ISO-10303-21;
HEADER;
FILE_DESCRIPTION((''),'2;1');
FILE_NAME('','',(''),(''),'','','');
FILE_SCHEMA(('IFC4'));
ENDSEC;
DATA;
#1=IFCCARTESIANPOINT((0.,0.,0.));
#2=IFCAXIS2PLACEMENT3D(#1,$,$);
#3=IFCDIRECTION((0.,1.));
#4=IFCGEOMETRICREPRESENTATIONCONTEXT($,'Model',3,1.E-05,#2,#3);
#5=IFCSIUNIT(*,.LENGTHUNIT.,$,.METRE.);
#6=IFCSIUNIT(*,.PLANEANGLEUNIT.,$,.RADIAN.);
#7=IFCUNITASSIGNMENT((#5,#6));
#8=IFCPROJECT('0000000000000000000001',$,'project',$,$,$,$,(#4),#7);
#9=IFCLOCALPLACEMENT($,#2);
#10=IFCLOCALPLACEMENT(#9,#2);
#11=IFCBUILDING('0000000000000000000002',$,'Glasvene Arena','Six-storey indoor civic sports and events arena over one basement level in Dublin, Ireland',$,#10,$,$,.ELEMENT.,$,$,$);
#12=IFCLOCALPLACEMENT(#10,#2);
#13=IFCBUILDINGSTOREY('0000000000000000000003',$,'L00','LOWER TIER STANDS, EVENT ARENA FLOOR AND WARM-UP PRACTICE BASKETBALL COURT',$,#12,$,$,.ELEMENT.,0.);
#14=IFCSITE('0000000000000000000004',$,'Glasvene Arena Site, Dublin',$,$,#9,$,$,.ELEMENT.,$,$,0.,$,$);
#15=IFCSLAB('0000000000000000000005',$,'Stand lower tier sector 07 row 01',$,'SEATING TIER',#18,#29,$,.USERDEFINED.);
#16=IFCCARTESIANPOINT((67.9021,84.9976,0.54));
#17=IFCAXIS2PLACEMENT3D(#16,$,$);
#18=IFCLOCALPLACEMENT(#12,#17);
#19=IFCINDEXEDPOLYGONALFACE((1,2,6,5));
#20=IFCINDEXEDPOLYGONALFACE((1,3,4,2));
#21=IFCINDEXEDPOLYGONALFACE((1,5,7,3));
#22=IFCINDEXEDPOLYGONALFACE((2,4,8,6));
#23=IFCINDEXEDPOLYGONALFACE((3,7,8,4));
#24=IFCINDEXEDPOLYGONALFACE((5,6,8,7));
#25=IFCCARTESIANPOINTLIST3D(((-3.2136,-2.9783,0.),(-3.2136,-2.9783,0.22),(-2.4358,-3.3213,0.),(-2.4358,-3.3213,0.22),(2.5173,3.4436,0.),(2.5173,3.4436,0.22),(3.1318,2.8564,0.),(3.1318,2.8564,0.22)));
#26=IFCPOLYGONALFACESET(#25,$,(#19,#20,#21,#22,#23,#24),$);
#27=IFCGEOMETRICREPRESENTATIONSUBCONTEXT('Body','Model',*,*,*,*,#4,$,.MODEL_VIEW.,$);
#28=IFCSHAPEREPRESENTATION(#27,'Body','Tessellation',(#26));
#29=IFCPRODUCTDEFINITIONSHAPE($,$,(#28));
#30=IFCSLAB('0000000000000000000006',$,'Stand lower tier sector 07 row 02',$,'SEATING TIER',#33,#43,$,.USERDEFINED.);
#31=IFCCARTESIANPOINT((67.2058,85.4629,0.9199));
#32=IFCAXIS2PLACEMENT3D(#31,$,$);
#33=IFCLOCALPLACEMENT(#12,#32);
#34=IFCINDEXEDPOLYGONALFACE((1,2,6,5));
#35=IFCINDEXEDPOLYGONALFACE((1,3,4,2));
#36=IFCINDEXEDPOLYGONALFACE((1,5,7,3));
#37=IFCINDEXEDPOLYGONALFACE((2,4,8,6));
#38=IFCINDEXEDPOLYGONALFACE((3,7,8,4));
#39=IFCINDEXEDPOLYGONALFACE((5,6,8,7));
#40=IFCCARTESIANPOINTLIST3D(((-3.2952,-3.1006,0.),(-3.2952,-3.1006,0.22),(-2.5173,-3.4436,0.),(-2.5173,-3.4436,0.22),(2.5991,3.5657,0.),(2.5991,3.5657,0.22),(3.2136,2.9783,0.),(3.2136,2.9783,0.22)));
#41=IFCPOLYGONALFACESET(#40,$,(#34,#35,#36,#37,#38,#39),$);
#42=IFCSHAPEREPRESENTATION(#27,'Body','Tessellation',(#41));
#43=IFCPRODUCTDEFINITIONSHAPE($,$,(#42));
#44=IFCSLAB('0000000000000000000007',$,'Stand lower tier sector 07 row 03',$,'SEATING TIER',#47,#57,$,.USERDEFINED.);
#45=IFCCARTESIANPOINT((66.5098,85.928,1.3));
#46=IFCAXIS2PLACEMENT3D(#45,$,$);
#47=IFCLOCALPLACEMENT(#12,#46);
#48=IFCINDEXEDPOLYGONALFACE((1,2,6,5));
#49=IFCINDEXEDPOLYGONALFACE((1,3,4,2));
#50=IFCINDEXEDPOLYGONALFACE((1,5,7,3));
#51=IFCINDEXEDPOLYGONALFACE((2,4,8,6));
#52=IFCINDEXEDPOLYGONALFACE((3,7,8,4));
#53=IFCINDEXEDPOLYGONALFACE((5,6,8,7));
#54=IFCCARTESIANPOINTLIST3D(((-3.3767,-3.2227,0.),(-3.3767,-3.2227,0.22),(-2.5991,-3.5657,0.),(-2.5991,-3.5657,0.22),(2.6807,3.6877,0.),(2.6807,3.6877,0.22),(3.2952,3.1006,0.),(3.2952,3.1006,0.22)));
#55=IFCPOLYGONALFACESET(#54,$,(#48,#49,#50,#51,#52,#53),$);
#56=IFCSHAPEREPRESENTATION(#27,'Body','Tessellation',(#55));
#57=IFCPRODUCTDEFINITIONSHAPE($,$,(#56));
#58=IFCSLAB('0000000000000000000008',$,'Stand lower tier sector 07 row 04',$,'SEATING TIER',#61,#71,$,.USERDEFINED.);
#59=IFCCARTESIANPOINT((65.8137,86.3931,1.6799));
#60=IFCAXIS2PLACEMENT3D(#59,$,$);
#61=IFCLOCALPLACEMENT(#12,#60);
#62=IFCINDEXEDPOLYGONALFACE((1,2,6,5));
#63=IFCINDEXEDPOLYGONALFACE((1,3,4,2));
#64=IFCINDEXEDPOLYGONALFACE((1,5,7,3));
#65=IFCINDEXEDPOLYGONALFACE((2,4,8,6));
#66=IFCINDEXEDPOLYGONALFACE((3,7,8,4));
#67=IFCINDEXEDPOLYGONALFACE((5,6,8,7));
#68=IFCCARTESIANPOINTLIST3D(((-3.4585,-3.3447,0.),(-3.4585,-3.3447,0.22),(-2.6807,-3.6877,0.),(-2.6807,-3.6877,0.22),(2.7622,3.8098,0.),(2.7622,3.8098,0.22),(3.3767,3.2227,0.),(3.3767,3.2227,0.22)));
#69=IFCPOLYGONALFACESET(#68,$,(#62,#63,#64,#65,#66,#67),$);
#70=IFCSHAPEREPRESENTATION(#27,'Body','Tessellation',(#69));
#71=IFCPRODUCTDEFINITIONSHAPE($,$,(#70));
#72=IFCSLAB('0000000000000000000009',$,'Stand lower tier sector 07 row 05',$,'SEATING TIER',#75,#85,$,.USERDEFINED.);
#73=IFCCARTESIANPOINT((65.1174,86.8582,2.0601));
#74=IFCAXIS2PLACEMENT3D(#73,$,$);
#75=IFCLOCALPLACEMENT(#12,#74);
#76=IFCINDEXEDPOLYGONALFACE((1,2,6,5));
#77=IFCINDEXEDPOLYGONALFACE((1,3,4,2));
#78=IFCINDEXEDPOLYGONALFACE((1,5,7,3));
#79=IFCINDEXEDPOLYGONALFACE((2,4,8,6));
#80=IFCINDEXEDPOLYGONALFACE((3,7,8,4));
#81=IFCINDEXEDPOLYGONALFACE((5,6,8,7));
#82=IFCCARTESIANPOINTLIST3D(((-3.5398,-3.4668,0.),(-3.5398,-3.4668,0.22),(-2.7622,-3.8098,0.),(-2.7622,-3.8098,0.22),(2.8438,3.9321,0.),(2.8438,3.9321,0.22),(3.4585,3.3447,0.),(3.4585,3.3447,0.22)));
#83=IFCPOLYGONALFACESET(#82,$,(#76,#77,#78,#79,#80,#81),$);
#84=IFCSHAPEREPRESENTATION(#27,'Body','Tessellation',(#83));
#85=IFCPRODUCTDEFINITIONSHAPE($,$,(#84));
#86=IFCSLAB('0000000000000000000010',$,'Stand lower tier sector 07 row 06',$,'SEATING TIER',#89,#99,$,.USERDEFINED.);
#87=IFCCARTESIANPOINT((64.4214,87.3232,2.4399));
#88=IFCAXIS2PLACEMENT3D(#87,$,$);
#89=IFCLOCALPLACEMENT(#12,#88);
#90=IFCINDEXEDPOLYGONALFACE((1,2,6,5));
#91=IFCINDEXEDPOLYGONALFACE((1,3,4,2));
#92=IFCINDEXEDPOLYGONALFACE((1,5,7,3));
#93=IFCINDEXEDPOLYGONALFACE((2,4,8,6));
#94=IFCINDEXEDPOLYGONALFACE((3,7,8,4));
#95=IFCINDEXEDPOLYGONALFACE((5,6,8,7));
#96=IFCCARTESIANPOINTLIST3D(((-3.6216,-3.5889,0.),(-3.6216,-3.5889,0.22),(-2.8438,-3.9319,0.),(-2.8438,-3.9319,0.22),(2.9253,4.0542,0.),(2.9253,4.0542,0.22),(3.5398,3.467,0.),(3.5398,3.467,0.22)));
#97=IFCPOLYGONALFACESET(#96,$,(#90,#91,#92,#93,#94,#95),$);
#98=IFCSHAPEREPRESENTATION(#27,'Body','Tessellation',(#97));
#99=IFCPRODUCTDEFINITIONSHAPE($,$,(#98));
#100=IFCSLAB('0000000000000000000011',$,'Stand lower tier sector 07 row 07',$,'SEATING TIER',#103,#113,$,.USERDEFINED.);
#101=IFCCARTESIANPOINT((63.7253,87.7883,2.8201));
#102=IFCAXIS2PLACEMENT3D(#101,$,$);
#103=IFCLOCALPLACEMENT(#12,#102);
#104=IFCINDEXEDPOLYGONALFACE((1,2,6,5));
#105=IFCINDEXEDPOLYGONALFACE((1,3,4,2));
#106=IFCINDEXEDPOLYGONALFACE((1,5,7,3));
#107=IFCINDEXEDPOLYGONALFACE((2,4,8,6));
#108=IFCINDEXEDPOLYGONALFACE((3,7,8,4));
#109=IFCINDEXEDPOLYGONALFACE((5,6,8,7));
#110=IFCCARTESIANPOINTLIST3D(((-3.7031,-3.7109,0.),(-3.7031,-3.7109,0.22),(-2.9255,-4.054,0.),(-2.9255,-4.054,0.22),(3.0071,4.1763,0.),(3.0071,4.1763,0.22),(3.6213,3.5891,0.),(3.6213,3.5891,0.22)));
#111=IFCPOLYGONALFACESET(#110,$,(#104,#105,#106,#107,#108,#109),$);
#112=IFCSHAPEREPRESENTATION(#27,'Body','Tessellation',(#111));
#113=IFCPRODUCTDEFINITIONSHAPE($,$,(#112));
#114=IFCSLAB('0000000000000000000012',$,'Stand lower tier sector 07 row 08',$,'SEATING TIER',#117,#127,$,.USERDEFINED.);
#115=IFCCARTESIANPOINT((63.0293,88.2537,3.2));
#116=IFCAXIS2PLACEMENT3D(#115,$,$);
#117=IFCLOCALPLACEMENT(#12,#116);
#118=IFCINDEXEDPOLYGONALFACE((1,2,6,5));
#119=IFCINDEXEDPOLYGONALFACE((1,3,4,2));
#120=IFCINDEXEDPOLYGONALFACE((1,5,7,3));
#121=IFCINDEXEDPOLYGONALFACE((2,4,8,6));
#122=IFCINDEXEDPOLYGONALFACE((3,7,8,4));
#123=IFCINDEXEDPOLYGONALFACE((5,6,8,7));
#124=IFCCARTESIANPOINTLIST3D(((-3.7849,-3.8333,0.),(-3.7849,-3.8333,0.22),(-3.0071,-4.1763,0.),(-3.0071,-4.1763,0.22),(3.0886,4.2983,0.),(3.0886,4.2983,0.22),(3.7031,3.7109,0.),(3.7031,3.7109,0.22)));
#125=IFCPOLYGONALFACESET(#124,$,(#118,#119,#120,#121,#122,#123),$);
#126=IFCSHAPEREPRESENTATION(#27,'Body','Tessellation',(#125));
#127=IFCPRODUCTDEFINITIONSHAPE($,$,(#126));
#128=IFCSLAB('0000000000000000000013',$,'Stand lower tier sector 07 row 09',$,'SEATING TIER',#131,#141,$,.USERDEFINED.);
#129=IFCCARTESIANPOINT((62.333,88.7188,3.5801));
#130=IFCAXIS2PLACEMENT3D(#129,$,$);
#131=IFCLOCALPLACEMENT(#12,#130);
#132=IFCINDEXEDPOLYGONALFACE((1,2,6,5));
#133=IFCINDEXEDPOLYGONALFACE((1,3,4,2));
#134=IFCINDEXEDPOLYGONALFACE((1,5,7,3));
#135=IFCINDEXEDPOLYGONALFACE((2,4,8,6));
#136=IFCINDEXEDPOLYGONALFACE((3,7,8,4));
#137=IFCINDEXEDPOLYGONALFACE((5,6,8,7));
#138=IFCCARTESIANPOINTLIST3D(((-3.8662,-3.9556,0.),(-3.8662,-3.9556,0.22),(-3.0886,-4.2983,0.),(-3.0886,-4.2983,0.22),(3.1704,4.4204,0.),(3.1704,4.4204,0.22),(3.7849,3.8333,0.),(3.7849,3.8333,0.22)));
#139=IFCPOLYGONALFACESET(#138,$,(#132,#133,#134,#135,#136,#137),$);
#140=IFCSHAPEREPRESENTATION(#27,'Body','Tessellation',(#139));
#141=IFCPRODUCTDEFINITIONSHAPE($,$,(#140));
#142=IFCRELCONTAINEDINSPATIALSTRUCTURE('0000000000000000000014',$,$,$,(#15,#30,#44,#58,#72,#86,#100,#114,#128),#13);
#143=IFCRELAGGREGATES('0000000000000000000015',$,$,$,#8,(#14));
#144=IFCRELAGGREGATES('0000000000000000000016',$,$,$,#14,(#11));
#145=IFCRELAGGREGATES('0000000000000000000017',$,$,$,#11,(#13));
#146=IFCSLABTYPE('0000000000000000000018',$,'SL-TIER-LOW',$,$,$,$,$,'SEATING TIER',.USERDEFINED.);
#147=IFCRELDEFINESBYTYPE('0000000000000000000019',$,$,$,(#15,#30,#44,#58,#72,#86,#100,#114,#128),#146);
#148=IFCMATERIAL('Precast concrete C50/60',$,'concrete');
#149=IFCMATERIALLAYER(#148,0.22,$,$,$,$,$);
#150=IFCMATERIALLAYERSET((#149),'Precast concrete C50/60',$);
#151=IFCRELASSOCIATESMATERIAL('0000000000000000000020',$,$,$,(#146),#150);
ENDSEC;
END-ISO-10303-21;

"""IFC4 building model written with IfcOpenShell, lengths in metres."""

from ifc_helpers import new_model, si_unit, direction, frame, origin, place, context, subcontext, project, spatial, polyline, outline, extrude, material, layer, layer_set, type_object, element, save


model = new_model("IFC4")

# Units and contexts
model_context = context("Model", 3, precision=1e-05, world=origin(), true_north=direction((0.0, 1.0)))
body_context = subcontext(model_context, "Body", "Model", "MODEL_VIEW")
ifc_project = project(units=[si_unit("LENGTHUNIT", "METRE"), si_unit("PLANEANGLEUNIT", "RADIAN")], contexts=[model_context])

# Site, building, storey
site_placement = place(None, origin())
site = spatial("IfcSite", under=ifc_project, at=site_placement, Name="Glasvene Arena Site, Dublin", CompositionType="ELEMENT", RefElevation=0.0)
building_placement = place(site_placement, origin())
building = spatial("IfcBuilding", under=site, at=building_placement, Name="Glasvene Arena", Description="Six-storey indoor civic sports and events arena over one basement level in Dublin, Ireland", CompositionType="ELEMENT")
storey_placement = place(building_placement, origin())
storey = spatial("IfcBuildingStorey", under=building, at=storey_placement, Name="L00", Description="LOWER TIER STANDS, EVENT ARENA FLOOR AND WARM-UP PRACTICE BASKETBALL COURT", CompositionType="ELEMENT", Elevation=0.0)

# Shared definitions
ifc_material_1 = material(Name="Precast concrete C50/60", Category="concrete")

# Slabs
ifc_layer = layer(ifc_material_1, 0.22)
ifc_layer_set = layer_set([ifc_layer], Name="Precast concrete C50/60")
slab_type = type_object("IfcSlabType", Name="SL-TIER-LOW", ElementType="SEATING TIER", PredefinedType="USERDEFINED", material=ifc_layer_set)
slab_1_placement = place(storey_placement, frame((67.9021, 84.9976, 0.54)))
element("IfcSlab", 1, at=slab_1_placement, inside=storey, type_object=slab_type, Name="Stand lower tier sector 07 row 01", ObjectType="SEATING TIER", PredefinedType="USERDEFINED", context=body_context, shape_type="SweptSolid", body=[
    extrude(outline(polyline([(3.1318, 2.8564), (-2.4358, -3.3213), (-3.2136, -2.9783), (2.5173, 3.4436), (3.1318, 2.8564)])), origin(), (0.0, 0.0, 1.0), 0.22),
])
slab_2_placement = place(storey_placement, frame((67.2058, 85.4629, 0.9199)))
element("IfcSlab", 2, at=slab_2_placement, inside=storey, type_object=slab_type, Name="Stand lower tier sector 07 row 02", ObjectType="SEATING TIER", PredefinedType="USERDEFINED", context=body_context, shape_type="SweptSolid", body=[
    extrude(outline(polyline([(3.2136, 2.9783), (-2.5173, -3.4436), (-3.2952, -3.1006), (2.5991, 3.5657), (3.2136, 2.9783)])), origin(), (0.0, 0.0, 1.0), 0.22),
])
slab_3_placement = place(storey_placement, frame((66.5098, 85.928, 1.3)))
element("IfcSlab", 3, at=slab_3_placement, inside=storey, type_object=slab_type, Name="Stand lower tier sector 07 row 03", ObjectType="SEATING TIER", PredefinedType="USERDEFINED", context=body_context, shape_type="SweptSolid", body=[
    extrude(outline(polyline([(3.2952, 3.1006), (-2.5991, -3.5657), (-3.3767, -3.2227), (2.6807, 3.6877), (3.2952, 3.1006)])), origin(), (0.0, 0.0, 1.0), 0.22),
])
slab_4_placement = place(storey_placement, frame((65.8137, 86.3931, 1.6799)))
element("IfcSlab", 4, at=slab_4_placement, inside=storey, type_object=slab_type, Name="Stand lower tier sector 07 row 04", ObjectType="SEATING TIER", PredefinedType="USERDEFINED", context=body_context, shape_type="SweptSolid", body=[
    extrude(outline(polyline([(3.3767, 3.2227), (-2.6807, -3.6877), (-3.4585, -3.3447), (2.7622, 3.8098), (3.3767, 3.2227)])), origin(), (0.0, 0.0, 1.0), 0.22),
])
slab_5_placement = place(storey_placement, frame((65.1174, 86.8582, 2.0601)))
element("IfcSlab", 5, at=slab_5_placement, inside=storey, type_object=slab_type, Name="Stand lower tier sector 07 row 05", ObjectType="SEATING TIER", PredefinedType="USERDEFINED", context=body_context, shape_type="SweptSolid", body=[
    extrude(outline(polyline([(3.4585, 3.3447), (-2.7622, -3.8098), (-3.5398, -3.4668), (2.8438, 3.9321), (3.4585, 3.3447)])), origin(), (0.0, 0.0, 1.0), 0.22),
])
slab_6_placement = place(storey_placement, frame((64.4214, 87.3232, 2.4399)))
element("IfcSlab", 6, at=slab_6_placement, inside=storey, type_object=slab_type, Name="Stand lower tier sector 07 row 06", ObjectType="SEATING TIER", PredefinedType="USERDEFINED", context=body_context, shape_type="SweptSolid", body=[
    extrude(outline(polyline([(3.5398, 3.467), (-2.8438, -3.9319), (-3.6216, -3.5889), (2.9253, 4.0542), (3.5398, 3.467)])), origin(), (0.0, 0.0, 1.0), 0.22),
])
slab_7_placement = place(storey_placement, frame((63.7253, 87.7883, 2.8201)))
element("IfcSlab", 7, at=slab_7_placement, inside=storey, type_object=slab_type, Name="Stand lower tier sector 07 row 07", ObjectType="SEATING TIER", PredefinedType="USERDEFINED", context=body_context, shape_type="SweptSolid", body=[
    extrude(outline(polyline([(3.6213, 3.5891), (-2.9255, -4.054), (-3.7031, -3.7109), (3.0071, 4.1763), (3.6213, 3.5891)])), origin(), (0.0, 0.0, 1.0), 0.22),
])
slab_8_placement = place(storey_placement, frame((63.0293, 88.2537, 3.2)))
element("IfcSlab", 8, at=slab_8_placement, inside=storey, type_object=slab_type, Name="Stand lower tier sector 07 row 08", ObjectType="SEATING TIER", PredefinedType="USERDEFINED", context=body_context, shape_type="SweptSolid", body=[
    extrude(outline(polyline([(3.7031, 3.7109), (-3.0071, -4.1763), (-3.7849, -3.8333), (3.0886, 4.2983), (3.7031, 3.7109)])), origin(), (0.0, 0.0, 1.0), 0.22),
])
slab_9_placement = place(storey_placement, frame((62.333, 88.7188, 3.5801)))
element("IfcSlab", 9, at=slab_9_placement, inside=storey, type_object=slab_type, Name="Stand lower tier sector 07 row 09", ObjectType="SEATING TIER", PredefinedType="USERDEFINED", context=body_context, shape_type="SweptSolid", body=[
    extrude(outline(polyline([(3.7849, 3.8333), (-3.0886, -4.2983), (-3.8662, -3.9556), (3.1704, 4.4204), (3.7849, 3.8333)])), origin(), (0.0, 0.0, 1.0), 0.22),
])

save(model, "model.ifc")
